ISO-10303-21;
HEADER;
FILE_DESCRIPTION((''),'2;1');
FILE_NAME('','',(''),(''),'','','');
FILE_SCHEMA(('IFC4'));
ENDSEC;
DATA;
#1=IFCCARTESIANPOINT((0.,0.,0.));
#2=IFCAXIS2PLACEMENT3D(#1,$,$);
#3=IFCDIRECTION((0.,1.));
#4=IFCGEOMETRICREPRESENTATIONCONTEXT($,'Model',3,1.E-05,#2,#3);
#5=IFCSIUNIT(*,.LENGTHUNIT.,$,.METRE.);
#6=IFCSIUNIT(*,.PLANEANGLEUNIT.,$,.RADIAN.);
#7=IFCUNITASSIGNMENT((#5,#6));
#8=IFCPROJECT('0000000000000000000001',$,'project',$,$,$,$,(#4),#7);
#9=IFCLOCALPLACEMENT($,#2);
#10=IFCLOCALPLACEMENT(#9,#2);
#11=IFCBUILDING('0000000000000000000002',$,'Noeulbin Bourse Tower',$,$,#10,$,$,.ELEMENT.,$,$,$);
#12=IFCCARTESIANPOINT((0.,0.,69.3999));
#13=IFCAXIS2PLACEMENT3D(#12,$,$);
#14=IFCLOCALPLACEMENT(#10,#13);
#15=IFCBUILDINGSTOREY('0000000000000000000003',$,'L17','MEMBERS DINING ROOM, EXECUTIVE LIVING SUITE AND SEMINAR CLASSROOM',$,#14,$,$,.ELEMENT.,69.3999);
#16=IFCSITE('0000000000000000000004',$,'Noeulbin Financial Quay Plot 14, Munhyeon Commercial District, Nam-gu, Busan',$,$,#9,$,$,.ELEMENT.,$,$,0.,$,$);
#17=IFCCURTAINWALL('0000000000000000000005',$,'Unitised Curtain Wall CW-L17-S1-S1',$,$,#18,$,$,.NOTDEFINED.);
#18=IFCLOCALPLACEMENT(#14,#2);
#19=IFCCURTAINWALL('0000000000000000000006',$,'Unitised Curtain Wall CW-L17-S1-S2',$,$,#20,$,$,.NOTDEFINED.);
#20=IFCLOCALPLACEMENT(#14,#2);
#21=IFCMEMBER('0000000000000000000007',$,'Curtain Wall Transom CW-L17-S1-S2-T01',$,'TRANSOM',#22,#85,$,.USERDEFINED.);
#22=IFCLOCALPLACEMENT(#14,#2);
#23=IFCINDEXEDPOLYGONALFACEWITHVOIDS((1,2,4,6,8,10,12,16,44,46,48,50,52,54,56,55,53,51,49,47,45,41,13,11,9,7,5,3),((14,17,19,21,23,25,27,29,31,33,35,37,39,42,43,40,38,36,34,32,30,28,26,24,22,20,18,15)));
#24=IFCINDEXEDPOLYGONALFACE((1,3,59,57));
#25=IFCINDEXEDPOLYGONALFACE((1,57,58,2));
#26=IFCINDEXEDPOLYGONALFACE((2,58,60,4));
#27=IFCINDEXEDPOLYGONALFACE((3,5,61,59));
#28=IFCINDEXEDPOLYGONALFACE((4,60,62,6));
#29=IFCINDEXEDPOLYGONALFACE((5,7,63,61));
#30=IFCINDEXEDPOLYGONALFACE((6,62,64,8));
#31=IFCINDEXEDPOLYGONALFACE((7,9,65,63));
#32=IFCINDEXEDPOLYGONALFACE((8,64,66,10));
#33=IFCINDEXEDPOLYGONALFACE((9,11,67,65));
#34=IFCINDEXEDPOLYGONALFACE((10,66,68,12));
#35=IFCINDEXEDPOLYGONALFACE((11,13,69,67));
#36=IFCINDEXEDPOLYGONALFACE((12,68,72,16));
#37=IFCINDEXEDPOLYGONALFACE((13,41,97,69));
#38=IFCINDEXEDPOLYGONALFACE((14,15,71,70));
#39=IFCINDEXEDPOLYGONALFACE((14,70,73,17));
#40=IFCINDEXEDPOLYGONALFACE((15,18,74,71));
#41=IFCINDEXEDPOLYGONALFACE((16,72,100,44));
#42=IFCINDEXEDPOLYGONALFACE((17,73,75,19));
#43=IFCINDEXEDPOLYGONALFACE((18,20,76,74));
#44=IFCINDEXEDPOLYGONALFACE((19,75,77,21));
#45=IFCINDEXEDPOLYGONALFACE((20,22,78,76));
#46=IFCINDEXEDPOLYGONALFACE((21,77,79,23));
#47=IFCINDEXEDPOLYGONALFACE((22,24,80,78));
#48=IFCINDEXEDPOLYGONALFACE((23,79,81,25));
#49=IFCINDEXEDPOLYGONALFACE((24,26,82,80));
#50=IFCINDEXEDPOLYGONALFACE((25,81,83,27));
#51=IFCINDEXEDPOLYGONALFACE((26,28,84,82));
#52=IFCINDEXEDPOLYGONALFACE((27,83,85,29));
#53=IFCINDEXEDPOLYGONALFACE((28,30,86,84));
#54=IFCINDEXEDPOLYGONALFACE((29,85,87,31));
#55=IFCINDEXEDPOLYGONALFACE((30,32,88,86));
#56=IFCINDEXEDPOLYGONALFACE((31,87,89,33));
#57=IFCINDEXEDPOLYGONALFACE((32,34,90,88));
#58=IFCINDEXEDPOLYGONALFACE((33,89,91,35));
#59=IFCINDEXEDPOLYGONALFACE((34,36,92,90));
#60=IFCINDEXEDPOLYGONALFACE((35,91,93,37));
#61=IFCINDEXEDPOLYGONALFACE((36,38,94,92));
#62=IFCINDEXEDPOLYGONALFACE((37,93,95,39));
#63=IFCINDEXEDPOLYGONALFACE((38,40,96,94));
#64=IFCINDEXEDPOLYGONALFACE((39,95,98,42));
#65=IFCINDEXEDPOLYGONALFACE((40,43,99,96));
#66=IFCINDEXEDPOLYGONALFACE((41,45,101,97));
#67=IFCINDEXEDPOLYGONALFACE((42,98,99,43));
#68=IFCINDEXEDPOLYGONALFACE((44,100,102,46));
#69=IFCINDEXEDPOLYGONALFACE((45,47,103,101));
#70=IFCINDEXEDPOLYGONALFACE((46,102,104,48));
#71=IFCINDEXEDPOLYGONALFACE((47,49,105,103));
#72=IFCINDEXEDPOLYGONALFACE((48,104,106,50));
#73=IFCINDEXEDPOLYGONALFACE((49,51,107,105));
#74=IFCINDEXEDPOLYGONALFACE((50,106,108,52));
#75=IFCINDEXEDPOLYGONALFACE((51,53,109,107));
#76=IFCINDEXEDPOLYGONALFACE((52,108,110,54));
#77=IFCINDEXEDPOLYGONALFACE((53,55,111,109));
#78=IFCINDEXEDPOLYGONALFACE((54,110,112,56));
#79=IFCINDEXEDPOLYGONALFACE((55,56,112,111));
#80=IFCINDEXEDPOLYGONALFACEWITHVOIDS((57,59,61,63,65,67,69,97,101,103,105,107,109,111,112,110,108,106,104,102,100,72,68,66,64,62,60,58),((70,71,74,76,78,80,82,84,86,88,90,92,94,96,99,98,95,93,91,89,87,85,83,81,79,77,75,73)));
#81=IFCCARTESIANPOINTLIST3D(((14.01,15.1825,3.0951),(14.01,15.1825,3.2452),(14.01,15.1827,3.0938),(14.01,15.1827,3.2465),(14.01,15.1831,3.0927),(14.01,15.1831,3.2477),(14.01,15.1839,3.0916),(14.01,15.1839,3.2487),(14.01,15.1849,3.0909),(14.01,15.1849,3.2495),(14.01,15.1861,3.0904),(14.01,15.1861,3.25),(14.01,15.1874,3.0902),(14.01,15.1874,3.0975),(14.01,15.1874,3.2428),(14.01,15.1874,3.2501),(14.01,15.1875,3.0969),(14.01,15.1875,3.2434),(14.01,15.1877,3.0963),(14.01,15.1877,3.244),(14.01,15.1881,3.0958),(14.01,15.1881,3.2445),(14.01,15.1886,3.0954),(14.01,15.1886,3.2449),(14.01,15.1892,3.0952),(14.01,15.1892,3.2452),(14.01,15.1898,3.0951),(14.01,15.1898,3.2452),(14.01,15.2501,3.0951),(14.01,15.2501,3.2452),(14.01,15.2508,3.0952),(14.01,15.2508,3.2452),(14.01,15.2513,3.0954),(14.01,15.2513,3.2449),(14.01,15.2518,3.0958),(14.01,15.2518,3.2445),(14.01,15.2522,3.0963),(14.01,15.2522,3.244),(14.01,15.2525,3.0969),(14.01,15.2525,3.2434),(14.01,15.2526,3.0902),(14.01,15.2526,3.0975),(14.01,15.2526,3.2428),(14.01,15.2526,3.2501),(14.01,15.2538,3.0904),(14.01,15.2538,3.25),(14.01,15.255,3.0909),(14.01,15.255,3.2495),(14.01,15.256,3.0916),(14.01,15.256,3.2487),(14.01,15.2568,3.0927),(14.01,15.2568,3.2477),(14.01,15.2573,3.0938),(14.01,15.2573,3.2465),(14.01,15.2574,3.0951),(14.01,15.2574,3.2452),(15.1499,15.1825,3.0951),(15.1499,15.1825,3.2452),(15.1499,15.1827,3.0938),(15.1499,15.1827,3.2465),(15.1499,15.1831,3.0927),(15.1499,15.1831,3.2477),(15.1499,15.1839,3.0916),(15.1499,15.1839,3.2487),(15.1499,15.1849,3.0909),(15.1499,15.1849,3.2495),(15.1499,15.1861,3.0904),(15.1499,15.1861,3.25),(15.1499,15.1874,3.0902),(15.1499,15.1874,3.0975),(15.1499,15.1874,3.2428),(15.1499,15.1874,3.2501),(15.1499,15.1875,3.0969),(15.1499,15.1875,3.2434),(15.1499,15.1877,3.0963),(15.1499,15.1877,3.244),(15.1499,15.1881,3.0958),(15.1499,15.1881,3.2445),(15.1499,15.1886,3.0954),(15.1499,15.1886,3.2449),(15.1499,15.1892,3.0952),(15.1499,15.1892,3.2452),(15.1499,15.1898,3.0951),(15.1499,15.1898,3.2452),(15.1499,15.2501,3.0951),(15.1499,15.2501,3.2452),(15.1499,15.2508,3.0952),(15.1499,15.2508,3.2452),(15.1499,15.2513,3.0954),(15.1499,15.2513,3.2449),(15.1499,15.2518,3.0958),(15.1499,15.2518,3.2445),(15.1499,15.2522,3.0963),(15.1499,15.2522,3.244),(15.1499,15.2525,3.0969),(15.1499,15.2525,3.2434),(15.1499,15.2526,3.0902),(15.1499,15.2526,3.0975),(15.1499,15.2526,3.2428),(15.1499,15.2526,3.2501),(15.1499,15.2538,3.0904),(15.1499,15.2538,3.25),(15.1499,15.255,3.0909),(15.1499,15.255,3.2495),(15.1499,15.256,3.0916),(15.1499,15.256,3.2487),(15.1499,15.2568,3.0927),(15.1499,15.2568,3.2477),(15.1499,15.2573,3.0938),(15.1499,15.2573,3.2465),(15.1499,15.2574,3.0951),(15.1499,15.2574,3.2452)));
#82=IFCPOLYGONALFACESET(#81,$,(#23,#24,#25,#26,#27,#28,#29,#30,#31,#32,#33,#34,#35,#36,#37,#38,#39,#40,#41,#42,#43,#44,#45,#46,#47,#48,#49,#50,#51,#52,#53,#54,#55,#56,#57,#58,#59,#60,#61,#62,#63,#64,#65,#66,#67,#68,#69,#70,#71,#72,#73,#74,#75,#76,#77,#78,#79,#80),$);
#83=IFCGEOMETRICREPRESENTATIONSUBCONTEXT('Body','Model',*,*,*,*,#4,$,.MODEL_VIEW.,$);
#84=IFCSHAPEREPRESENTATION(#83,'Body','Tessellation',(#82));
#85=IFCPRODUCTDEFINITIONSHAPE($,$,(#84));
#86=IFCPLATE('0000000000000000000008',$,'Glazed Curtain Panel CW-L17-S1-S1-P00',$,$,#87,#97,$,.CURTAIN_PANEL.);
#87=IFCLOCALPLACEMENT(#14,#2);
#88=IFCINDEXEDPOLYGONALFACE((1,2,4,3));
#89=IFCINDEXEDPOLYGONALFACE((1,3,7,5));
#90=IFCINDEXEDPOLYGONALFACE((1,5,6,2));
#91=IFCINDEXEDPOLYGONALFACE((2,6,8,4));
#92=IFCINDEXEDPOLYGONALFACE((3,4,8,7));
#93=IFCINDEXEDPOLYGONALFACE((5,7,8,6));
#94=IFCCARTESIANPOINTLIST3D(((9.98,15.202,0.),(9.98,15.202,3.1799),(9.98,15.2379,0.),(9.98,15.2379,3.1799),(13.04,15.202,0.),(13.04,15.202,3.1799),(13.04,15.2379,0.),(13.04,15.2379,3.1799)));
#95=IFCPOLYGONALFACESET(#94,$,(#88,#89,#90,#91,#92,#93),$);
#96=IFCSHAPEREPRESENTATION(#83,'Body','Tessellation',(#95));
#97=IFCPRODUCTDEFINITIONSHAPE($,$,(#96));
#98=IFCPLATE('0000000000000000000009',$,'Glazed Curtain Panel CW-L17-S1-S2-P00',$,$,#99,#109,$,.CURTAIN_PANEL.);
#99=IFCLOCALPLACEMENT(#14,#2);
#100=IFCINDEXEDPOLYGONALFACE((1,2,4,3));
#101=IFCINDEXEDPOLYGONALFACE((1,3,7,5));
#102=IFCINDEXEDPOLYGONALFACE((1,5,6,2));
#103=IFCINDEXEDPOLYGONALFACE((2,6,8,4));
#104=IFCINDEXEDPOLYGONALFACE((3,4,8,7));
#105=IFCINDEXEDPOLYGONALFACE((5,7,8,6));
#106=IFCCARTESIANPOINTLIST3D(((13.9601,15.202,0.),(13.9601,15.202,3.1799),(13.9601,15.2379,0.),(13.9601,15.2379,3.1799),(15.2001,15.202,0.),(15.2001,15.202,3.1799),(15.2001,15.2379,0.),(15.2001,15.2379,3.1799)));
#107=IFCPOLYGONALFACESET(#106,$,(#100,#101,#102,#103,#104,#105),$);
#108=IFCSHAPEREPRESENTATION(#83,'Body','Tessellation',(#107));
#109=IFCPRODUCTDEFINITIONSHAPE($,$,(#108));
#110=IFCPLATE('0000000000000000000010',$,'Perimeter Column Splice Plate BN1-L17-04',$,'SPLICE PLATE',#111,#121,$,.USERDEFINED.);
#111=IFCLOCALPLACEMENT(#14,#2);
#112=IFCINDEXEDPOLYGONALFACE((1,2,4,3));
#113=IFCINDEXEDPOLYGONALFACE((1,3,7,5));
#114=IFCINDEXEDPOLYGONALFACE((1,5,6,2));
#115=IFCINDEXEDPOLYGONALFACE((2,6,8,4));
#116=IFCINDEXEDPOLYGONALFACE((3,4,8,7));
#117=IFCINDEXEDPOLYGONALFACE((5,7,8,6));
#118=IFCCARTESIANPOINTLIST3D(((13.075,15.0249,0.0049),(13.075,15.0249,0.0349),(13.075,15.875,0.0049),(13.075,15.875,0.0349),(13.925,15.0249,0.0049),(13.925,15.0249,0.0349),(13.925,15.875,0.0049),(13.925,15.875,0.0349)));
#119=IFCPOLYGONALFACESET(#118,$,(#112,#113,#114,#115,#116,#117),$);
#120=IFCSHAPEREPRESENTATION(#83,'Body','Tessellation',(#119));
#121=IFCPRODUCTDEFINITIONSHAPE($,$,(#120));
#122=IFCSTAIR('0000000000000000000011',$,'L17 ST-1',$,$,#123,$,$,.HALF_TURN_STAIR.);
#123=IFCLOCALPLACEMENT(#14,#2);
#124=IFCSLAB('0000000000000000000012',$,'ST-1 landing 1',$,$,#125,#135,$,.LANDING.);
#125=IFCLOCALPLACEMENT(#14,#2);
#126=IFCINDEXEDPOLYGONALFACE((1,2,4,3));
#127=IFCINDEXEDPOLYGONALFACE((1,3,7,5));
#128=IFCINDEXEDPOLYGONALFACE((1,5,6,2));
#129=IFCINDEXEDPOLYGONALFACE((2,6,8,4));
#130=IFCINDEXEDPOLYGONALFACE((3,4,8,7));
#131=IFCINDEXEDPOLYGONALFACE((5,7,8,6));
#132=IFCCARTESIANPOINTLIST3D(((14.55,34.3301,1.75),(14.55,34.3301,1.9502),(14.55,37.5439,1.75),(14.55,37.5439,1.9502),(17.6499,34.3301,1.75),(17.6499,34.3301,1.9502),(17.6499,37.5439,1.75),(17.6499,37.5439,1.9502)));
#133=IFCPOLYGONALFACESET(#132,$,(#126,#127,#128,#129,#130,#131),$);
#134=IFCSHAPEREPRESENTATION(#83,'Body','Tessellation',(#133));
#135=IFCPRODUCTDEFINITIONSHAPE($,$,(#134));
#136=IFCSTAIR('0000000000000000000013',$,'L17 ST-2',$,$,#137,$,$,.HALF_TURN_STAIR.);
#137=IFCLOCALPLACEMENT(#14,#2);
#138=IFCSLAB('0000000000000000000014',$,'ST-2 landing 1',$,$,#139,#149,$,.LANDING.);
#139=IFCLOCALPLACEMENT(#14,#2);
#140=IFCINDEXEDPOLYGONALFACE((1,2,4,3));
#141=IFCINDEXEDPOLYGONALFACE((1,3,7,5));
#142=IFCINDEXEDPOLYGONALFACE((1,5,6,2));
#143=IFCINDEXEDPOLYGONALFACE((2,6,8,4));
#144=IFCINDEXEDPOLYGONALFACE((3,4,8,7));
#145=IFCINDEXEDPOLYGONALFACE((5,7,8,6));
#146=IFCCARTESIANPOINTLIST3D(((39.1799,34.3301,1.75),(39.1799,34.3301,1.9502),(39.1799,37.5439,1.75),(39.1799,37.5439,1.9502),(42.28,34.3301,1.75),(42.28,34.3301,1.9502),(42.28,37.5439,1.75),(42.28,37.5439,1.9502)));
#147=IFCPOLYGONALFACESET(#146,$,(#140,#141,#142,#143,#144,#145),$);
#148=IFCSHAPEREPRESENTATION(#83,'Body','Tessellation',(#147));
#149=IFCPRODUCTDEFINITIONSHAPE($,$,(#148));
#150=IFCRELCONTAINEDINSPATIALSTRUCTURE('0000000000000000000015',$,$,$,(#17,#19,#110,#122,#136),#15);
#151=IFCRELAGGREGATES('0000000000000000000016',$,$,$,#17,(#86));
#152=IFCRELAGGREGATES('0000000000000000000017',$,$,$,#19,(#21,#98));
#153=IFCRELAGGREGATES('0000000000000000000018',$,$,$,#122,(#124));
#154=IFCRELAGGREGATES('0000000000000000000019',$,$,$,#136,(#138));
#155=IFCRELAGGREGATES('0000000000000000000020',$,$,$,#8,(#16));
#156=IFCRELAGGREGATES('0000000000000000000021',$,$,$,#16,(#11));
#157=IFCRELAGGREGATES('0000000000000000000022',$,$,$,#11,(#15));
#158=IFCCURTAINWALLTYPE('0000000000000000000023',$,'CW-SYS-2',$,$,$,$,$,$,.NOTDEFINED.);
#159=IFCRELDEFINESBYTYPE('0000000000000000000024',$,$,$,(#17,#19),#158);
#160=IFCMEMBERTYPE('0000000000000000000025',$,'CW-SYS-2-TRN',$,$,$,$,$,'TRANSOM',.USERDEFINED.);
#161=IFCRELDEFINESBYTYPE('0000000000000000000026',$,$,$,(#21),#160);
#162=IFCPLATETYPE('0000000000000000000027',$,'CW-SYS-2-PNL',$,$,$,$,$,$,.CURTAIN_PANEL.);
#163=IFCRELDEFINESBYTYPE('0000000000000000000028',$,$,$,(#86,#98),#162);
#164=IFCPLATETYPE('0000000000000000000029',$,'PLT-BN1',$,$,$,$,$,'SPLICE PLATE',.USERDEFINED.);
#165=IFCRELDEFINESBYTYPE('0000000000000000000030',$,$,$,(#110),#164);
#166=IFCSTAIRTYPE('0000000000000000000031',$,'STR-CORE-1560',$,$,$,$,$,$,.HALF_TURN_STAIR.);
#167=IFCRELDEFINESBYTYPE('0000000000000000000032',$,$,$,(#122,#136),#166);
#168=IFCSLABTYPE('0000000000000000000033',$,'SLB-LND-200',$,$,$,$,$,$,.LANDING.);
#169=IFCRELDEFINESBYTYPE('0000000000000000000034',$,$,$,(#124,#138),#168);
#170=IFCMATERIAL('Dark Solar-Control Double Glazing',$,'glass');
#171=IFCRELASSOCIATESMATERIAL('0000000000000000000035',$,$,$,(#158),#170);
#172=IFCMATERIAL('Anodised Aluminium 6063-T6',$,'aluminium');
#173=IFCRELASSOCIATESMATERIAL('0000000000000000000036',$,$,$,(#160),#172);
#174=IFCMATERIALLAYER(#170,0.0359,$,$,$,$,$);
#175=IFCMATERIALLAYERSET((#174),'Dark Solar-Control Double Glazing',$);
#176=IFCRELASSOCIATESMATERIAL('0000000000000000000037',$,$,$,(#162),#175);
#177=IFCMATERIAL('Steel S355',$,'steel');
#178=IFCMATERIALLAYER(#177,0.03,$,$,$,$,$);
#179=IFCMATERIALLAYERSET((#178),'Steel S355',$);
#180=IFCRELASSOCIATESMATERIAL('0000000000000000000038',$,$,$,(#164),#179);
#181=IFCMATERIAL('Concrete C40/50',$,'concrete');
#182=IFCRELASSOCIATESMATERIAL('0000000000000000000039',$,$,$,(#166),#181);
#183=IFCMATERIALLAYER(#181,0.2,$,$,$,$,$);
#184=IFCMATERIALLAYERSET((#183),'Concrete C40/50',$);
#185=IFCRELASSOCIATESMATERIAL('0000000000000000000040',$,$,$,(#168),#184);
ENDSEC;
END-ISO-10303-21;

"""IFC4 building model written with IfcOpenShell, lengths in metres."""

from ifc_helpers import new_model, si_unit, direction, frame, origin, origin_2d, place, context, subcontext, project, spatial, polyline, rectangle, hollow_rectangle, outline, extrude, material, layer, layer_set, material_profile, profile_set, type_object, element, aggregate, save


model = new_model("IFC4")

# Units and contexts
model_context = context("Model", 3, precision=1e-05, world=origin(), true_north=direction((0.0, 1.0)))
body_context = subcontext(model_context, "Body", "Model", "MODEL_VIEW")
ifc_project = project(units=[si_unit("LENGTHUNIT", "METRE"), si_unit("PLANEANGLEUNIT", "RADIAN")], contexts=[model_context])

# Site, building, storey
site_placement = place(None, origin())
site = spatial("IfcSite", under=ifc_project, at=site_placement, Name="Noeulbin Financial Quay Plot 14, Munhyeon Commercial District, Nam-gu, Busan", CompositionType="ELEMENT", RefElevation=0.0)
building_placement = place(site_placement, origin())
building = spatial("IfcBuilding", under=site, at=building_placement, Name="Noeulbin Bourse Tower", CompositionType="ELEMENT")
storey_placement = place(building_placement, frame((0.0, 0.0, 69.3999)))
storey = spatial("IfcBuildingStorey", under=building, at=storey_placement, Name="L17", Description="MEMBERS DINING ROOM, EXECUTIVE LIVING SUITE AND SEMINAR CLASSROOM", CompositionType="ELEMENT", Elevation=69.3999)

# Shared definitions
ifc_material_1 = material(Name="Steel S355", Category="steel")

# Curtain walls
ifc_material_2 = material(Name="Dark Solar-Control Double Glazing", Category="glass")
curtain_wall_type = type_object("IfcCurtainWallType", Name="CW-SYS-2", PredefinedType="NOTDEFINED", material=ifc_material_2)
curtain_wall_1_placement = place(storey_placement, origin())
curtain_wall_1 = element("IfcCurtainWall", 1, at=curtain_wall_1_placement, inside=storey, type_object=curtain_wall_type, Name="Unitised Curtain Wall CW-L17-S1-S1", PredefinedType="NOTDEFINED")
ifc_material_3 = material(Name="Anodised Aluminium 6063-T6", Category="aluminium")
curtain_wall_2_placement = place(storey_placement, origin())
curtain_wall_2 = element("IfcCurtainWall", 2, at=curtain_wall_2_placement, inside=storey, type_object=curtain_wall_type, Name="Unitised Curtain Wall CW-L17-S1-S2", PredefinedType="NOTDEFINED")

# Member
ifc_material_profile_1 = material_profile(ifc_material_3, hollow_rectangle(XDim=0.075, YDim=0.1599, WallThickness=0.0049, InnerFilletRadius=0.0024, OuterFilletRadius=0.0049, at=origin_2d()), Name="ALU-TRAN-75x160x5", Category="LoadBearing")
ifc_profile_set_1 = profile_set([ifc_material_profile_1], Name="Anodised Aluminium 6063-T6")
member_type_1 = type_object("IfcMemberType", Name="CW-SYS-2-TRN", ElementType="TRANSOM", PredefinedType="USERDEFINED", material=ifc_profile_set_1)
member_1_placement = place(storey_placement, frame((14.01, 15.22, 3.1702), z_axis=(1.0, 0.0, 0.0), x_axis=(0.0, 1.0, 0.0)))
member_1 = element("IfcMember", 3, at=member_1_placement, type_object=member_type_1, Name="Curtain Wall Transom CW-L17-S1-S2-T01", ObjectType="TRANSOM", PredefinedType="USERDEFINED", context=body_context, shape_type="SweptSolid", body=[
    extrude(hollow_rectangle(XDim=0.075, YDim=0.1599, WallThickness=0.0049, InnerFilletRadius=0.0024, OuterFilletRadius=0.0049, at=origin_2d()), origin(), (0.0, 0.0, 1.0), 1.1399),
])

# Plates
ifc_layer_1 = layer(ifc_material_2, 0.0359)
ifc_layer_set_1 = layer_set([ifc_layer_1], Name="Dark Solar-Control Double Glazing")
plate_type_1 = type_object("IfcPlateType", Name="CW-SYS-2-PNL", PredefinedType="CURTAIN_PANEL", material=ifc_layer_set_1)
plate_1_placement = place(storey_placement, frame((11.51, 15.22, 0.0), z_axis=(0.0, 0.0, 1.0), x_axis=(1.0, 0.0, 0.0)))
plate_1 = element("IfcPlate", 4, at=plate_1_placement, type_object=plate_type_1, Name="Glazed Curtain Panel CW-L17-S1-S1-P00", PredefinedType="CURTAIN_PANEL", context=body_context, shape_type="SweptSolid", body=[
    extrude(rectangle(XDim=3.0601, YDim=0.0359, at=origin_2d()), origin(), (0.0, 0.0, 1.0), 3.1799),
])
aggregate(curtain_wall_1, [plate_1])
plate_2_placement = place(storey_placement, frame((14.5801, 15.22, 0.0), z_axis=(0.0, 0.0, 1.0), x_axis=(1.0, 0.0, 0.0)))
plate_2 = element("IfcPlate", 5, at=plate_2_placement, type_object=plate_type_1, Name="Glazed Curtain Panel CW-L17-S1-S2-P00", PredefinedType="CURTAIN_PANEL", context=body_context, shape_type="SweptSolid", body=[
    extrude(rectangle(XDim=1.24, YDim=0.0359, at=origin_2d()), origin(), (0.0, 0.0, 1.0), 3.1799),
])
aggregate(curtain_wall_2, [member_1, plate_2])
ifc_layer_2 = layer(ifc_material_1, 0.03)
ifc_layer_set_2 = layer_set([ifc_layer_2], Name="Steel S355")
plate_type_2 = type_object("IfcPlateType", Name="PLT-BN1", ElementType="SPLICE PLATE", PredefinedType="USERDEFINED", material=ifc_layer_set_2)
plate_3_placement = place(storey_placement, frame((13.5, 15.45, 0.0049), z_axis=(0.0, 0.0, 1.0), x_axis=(1.0, 0.0, 0.0)))
element("IfcPlate", 6, at=plate_3_placement, inside=storey, type_object=plate_type_2, Name="Perimeter Column Splice Plate BN1-L17-04", ObjectType="SPLICE PLATE", PredefinedType="USERDEFINED", context=body_context, shape_type="SweptSolid", body=[
    extrude(rectangle(XDim=0.8501, YDim=0.8501, at=origin_2d()), origin(), (0.0, 0.0, 1.0), 0.03),
])

# Stairs, slabs
ifc_material_4 = material(Name="Concrete C40/50", Category="concrete")
stair_type = type_object("IfcStairType", Name="STR-CORE-1560", PredefinedType="HALF_TURN_STAIR", material=ifc_material_4)
stair_1_placement = place(storey_placement, origin())
stair_1 = element("IfcStair", 7, at=stair_1_placement, inside=storey, type_object=stair_type, Name="L17 ST-1", PredefinedType="HALF_TURN_STAIR")
ifc_layer_3 = layer(ifc_material_4, 0.2)
ifc_layer_set_3 = layer_set([ifc_layer_3], Name="Concrete C40/50")
slab_type_1 = type_object("IfcSlabType", Name="SLB-LND-200", PredefinedType="LANDING", material=ifc_layer_set_3)
slab_1_placement = place(storey_placement, frame((0.0, 0.0, 1.75)))
slab_1 = element("IfcSlab", 8, at=slab_1_placement, type_object=slab_type_1, Name="ST-1 landing 1", PredefinedType="LANDING", context=body_context, shape_type="SweptSolid", body=[
    extrude(outline(polyline([(17.6499, 34.3301), (17.6499, 37.5439), (14.55, 37.5439), (14.55, 34.3301), (17.6499, 34.3301)])), origin(), (0.0, 0.0, 1.0), 0.2002),
])
aggregate(stair_1, [slab_1])
stair_2_placement = place(storey_placement, origin())
stair_2 = element("IfcStair", 9, at=stair_2_placement, inside=storey, type_object=stair_type, Name="L17 ST-2", PredefinedType="HALF_TURN_STAIR")
slab_2_placement = place(storey_placement, frame((0.0, 0.0, 1.75)))
slab_2 = element("IfcSlab", 10, at=slab_2_placement, type_object=slab_type_1, Name="ST-2 landing 1", PredefinedType="LANDING", context=body_context, shape_type="SweptSolid", body=[
    extrude(outline(polyline([(42.28, 34.3301), (42.28, 37.5439), (39.1799, 37.5439), (39.1799, 34.3301), (42.28, 34.3301)])), origin(), (0.0, 0.0, 1.0), 0.2002),
])
aggregate(stair_2, [slab_2])

save(model, "model.ifc")
